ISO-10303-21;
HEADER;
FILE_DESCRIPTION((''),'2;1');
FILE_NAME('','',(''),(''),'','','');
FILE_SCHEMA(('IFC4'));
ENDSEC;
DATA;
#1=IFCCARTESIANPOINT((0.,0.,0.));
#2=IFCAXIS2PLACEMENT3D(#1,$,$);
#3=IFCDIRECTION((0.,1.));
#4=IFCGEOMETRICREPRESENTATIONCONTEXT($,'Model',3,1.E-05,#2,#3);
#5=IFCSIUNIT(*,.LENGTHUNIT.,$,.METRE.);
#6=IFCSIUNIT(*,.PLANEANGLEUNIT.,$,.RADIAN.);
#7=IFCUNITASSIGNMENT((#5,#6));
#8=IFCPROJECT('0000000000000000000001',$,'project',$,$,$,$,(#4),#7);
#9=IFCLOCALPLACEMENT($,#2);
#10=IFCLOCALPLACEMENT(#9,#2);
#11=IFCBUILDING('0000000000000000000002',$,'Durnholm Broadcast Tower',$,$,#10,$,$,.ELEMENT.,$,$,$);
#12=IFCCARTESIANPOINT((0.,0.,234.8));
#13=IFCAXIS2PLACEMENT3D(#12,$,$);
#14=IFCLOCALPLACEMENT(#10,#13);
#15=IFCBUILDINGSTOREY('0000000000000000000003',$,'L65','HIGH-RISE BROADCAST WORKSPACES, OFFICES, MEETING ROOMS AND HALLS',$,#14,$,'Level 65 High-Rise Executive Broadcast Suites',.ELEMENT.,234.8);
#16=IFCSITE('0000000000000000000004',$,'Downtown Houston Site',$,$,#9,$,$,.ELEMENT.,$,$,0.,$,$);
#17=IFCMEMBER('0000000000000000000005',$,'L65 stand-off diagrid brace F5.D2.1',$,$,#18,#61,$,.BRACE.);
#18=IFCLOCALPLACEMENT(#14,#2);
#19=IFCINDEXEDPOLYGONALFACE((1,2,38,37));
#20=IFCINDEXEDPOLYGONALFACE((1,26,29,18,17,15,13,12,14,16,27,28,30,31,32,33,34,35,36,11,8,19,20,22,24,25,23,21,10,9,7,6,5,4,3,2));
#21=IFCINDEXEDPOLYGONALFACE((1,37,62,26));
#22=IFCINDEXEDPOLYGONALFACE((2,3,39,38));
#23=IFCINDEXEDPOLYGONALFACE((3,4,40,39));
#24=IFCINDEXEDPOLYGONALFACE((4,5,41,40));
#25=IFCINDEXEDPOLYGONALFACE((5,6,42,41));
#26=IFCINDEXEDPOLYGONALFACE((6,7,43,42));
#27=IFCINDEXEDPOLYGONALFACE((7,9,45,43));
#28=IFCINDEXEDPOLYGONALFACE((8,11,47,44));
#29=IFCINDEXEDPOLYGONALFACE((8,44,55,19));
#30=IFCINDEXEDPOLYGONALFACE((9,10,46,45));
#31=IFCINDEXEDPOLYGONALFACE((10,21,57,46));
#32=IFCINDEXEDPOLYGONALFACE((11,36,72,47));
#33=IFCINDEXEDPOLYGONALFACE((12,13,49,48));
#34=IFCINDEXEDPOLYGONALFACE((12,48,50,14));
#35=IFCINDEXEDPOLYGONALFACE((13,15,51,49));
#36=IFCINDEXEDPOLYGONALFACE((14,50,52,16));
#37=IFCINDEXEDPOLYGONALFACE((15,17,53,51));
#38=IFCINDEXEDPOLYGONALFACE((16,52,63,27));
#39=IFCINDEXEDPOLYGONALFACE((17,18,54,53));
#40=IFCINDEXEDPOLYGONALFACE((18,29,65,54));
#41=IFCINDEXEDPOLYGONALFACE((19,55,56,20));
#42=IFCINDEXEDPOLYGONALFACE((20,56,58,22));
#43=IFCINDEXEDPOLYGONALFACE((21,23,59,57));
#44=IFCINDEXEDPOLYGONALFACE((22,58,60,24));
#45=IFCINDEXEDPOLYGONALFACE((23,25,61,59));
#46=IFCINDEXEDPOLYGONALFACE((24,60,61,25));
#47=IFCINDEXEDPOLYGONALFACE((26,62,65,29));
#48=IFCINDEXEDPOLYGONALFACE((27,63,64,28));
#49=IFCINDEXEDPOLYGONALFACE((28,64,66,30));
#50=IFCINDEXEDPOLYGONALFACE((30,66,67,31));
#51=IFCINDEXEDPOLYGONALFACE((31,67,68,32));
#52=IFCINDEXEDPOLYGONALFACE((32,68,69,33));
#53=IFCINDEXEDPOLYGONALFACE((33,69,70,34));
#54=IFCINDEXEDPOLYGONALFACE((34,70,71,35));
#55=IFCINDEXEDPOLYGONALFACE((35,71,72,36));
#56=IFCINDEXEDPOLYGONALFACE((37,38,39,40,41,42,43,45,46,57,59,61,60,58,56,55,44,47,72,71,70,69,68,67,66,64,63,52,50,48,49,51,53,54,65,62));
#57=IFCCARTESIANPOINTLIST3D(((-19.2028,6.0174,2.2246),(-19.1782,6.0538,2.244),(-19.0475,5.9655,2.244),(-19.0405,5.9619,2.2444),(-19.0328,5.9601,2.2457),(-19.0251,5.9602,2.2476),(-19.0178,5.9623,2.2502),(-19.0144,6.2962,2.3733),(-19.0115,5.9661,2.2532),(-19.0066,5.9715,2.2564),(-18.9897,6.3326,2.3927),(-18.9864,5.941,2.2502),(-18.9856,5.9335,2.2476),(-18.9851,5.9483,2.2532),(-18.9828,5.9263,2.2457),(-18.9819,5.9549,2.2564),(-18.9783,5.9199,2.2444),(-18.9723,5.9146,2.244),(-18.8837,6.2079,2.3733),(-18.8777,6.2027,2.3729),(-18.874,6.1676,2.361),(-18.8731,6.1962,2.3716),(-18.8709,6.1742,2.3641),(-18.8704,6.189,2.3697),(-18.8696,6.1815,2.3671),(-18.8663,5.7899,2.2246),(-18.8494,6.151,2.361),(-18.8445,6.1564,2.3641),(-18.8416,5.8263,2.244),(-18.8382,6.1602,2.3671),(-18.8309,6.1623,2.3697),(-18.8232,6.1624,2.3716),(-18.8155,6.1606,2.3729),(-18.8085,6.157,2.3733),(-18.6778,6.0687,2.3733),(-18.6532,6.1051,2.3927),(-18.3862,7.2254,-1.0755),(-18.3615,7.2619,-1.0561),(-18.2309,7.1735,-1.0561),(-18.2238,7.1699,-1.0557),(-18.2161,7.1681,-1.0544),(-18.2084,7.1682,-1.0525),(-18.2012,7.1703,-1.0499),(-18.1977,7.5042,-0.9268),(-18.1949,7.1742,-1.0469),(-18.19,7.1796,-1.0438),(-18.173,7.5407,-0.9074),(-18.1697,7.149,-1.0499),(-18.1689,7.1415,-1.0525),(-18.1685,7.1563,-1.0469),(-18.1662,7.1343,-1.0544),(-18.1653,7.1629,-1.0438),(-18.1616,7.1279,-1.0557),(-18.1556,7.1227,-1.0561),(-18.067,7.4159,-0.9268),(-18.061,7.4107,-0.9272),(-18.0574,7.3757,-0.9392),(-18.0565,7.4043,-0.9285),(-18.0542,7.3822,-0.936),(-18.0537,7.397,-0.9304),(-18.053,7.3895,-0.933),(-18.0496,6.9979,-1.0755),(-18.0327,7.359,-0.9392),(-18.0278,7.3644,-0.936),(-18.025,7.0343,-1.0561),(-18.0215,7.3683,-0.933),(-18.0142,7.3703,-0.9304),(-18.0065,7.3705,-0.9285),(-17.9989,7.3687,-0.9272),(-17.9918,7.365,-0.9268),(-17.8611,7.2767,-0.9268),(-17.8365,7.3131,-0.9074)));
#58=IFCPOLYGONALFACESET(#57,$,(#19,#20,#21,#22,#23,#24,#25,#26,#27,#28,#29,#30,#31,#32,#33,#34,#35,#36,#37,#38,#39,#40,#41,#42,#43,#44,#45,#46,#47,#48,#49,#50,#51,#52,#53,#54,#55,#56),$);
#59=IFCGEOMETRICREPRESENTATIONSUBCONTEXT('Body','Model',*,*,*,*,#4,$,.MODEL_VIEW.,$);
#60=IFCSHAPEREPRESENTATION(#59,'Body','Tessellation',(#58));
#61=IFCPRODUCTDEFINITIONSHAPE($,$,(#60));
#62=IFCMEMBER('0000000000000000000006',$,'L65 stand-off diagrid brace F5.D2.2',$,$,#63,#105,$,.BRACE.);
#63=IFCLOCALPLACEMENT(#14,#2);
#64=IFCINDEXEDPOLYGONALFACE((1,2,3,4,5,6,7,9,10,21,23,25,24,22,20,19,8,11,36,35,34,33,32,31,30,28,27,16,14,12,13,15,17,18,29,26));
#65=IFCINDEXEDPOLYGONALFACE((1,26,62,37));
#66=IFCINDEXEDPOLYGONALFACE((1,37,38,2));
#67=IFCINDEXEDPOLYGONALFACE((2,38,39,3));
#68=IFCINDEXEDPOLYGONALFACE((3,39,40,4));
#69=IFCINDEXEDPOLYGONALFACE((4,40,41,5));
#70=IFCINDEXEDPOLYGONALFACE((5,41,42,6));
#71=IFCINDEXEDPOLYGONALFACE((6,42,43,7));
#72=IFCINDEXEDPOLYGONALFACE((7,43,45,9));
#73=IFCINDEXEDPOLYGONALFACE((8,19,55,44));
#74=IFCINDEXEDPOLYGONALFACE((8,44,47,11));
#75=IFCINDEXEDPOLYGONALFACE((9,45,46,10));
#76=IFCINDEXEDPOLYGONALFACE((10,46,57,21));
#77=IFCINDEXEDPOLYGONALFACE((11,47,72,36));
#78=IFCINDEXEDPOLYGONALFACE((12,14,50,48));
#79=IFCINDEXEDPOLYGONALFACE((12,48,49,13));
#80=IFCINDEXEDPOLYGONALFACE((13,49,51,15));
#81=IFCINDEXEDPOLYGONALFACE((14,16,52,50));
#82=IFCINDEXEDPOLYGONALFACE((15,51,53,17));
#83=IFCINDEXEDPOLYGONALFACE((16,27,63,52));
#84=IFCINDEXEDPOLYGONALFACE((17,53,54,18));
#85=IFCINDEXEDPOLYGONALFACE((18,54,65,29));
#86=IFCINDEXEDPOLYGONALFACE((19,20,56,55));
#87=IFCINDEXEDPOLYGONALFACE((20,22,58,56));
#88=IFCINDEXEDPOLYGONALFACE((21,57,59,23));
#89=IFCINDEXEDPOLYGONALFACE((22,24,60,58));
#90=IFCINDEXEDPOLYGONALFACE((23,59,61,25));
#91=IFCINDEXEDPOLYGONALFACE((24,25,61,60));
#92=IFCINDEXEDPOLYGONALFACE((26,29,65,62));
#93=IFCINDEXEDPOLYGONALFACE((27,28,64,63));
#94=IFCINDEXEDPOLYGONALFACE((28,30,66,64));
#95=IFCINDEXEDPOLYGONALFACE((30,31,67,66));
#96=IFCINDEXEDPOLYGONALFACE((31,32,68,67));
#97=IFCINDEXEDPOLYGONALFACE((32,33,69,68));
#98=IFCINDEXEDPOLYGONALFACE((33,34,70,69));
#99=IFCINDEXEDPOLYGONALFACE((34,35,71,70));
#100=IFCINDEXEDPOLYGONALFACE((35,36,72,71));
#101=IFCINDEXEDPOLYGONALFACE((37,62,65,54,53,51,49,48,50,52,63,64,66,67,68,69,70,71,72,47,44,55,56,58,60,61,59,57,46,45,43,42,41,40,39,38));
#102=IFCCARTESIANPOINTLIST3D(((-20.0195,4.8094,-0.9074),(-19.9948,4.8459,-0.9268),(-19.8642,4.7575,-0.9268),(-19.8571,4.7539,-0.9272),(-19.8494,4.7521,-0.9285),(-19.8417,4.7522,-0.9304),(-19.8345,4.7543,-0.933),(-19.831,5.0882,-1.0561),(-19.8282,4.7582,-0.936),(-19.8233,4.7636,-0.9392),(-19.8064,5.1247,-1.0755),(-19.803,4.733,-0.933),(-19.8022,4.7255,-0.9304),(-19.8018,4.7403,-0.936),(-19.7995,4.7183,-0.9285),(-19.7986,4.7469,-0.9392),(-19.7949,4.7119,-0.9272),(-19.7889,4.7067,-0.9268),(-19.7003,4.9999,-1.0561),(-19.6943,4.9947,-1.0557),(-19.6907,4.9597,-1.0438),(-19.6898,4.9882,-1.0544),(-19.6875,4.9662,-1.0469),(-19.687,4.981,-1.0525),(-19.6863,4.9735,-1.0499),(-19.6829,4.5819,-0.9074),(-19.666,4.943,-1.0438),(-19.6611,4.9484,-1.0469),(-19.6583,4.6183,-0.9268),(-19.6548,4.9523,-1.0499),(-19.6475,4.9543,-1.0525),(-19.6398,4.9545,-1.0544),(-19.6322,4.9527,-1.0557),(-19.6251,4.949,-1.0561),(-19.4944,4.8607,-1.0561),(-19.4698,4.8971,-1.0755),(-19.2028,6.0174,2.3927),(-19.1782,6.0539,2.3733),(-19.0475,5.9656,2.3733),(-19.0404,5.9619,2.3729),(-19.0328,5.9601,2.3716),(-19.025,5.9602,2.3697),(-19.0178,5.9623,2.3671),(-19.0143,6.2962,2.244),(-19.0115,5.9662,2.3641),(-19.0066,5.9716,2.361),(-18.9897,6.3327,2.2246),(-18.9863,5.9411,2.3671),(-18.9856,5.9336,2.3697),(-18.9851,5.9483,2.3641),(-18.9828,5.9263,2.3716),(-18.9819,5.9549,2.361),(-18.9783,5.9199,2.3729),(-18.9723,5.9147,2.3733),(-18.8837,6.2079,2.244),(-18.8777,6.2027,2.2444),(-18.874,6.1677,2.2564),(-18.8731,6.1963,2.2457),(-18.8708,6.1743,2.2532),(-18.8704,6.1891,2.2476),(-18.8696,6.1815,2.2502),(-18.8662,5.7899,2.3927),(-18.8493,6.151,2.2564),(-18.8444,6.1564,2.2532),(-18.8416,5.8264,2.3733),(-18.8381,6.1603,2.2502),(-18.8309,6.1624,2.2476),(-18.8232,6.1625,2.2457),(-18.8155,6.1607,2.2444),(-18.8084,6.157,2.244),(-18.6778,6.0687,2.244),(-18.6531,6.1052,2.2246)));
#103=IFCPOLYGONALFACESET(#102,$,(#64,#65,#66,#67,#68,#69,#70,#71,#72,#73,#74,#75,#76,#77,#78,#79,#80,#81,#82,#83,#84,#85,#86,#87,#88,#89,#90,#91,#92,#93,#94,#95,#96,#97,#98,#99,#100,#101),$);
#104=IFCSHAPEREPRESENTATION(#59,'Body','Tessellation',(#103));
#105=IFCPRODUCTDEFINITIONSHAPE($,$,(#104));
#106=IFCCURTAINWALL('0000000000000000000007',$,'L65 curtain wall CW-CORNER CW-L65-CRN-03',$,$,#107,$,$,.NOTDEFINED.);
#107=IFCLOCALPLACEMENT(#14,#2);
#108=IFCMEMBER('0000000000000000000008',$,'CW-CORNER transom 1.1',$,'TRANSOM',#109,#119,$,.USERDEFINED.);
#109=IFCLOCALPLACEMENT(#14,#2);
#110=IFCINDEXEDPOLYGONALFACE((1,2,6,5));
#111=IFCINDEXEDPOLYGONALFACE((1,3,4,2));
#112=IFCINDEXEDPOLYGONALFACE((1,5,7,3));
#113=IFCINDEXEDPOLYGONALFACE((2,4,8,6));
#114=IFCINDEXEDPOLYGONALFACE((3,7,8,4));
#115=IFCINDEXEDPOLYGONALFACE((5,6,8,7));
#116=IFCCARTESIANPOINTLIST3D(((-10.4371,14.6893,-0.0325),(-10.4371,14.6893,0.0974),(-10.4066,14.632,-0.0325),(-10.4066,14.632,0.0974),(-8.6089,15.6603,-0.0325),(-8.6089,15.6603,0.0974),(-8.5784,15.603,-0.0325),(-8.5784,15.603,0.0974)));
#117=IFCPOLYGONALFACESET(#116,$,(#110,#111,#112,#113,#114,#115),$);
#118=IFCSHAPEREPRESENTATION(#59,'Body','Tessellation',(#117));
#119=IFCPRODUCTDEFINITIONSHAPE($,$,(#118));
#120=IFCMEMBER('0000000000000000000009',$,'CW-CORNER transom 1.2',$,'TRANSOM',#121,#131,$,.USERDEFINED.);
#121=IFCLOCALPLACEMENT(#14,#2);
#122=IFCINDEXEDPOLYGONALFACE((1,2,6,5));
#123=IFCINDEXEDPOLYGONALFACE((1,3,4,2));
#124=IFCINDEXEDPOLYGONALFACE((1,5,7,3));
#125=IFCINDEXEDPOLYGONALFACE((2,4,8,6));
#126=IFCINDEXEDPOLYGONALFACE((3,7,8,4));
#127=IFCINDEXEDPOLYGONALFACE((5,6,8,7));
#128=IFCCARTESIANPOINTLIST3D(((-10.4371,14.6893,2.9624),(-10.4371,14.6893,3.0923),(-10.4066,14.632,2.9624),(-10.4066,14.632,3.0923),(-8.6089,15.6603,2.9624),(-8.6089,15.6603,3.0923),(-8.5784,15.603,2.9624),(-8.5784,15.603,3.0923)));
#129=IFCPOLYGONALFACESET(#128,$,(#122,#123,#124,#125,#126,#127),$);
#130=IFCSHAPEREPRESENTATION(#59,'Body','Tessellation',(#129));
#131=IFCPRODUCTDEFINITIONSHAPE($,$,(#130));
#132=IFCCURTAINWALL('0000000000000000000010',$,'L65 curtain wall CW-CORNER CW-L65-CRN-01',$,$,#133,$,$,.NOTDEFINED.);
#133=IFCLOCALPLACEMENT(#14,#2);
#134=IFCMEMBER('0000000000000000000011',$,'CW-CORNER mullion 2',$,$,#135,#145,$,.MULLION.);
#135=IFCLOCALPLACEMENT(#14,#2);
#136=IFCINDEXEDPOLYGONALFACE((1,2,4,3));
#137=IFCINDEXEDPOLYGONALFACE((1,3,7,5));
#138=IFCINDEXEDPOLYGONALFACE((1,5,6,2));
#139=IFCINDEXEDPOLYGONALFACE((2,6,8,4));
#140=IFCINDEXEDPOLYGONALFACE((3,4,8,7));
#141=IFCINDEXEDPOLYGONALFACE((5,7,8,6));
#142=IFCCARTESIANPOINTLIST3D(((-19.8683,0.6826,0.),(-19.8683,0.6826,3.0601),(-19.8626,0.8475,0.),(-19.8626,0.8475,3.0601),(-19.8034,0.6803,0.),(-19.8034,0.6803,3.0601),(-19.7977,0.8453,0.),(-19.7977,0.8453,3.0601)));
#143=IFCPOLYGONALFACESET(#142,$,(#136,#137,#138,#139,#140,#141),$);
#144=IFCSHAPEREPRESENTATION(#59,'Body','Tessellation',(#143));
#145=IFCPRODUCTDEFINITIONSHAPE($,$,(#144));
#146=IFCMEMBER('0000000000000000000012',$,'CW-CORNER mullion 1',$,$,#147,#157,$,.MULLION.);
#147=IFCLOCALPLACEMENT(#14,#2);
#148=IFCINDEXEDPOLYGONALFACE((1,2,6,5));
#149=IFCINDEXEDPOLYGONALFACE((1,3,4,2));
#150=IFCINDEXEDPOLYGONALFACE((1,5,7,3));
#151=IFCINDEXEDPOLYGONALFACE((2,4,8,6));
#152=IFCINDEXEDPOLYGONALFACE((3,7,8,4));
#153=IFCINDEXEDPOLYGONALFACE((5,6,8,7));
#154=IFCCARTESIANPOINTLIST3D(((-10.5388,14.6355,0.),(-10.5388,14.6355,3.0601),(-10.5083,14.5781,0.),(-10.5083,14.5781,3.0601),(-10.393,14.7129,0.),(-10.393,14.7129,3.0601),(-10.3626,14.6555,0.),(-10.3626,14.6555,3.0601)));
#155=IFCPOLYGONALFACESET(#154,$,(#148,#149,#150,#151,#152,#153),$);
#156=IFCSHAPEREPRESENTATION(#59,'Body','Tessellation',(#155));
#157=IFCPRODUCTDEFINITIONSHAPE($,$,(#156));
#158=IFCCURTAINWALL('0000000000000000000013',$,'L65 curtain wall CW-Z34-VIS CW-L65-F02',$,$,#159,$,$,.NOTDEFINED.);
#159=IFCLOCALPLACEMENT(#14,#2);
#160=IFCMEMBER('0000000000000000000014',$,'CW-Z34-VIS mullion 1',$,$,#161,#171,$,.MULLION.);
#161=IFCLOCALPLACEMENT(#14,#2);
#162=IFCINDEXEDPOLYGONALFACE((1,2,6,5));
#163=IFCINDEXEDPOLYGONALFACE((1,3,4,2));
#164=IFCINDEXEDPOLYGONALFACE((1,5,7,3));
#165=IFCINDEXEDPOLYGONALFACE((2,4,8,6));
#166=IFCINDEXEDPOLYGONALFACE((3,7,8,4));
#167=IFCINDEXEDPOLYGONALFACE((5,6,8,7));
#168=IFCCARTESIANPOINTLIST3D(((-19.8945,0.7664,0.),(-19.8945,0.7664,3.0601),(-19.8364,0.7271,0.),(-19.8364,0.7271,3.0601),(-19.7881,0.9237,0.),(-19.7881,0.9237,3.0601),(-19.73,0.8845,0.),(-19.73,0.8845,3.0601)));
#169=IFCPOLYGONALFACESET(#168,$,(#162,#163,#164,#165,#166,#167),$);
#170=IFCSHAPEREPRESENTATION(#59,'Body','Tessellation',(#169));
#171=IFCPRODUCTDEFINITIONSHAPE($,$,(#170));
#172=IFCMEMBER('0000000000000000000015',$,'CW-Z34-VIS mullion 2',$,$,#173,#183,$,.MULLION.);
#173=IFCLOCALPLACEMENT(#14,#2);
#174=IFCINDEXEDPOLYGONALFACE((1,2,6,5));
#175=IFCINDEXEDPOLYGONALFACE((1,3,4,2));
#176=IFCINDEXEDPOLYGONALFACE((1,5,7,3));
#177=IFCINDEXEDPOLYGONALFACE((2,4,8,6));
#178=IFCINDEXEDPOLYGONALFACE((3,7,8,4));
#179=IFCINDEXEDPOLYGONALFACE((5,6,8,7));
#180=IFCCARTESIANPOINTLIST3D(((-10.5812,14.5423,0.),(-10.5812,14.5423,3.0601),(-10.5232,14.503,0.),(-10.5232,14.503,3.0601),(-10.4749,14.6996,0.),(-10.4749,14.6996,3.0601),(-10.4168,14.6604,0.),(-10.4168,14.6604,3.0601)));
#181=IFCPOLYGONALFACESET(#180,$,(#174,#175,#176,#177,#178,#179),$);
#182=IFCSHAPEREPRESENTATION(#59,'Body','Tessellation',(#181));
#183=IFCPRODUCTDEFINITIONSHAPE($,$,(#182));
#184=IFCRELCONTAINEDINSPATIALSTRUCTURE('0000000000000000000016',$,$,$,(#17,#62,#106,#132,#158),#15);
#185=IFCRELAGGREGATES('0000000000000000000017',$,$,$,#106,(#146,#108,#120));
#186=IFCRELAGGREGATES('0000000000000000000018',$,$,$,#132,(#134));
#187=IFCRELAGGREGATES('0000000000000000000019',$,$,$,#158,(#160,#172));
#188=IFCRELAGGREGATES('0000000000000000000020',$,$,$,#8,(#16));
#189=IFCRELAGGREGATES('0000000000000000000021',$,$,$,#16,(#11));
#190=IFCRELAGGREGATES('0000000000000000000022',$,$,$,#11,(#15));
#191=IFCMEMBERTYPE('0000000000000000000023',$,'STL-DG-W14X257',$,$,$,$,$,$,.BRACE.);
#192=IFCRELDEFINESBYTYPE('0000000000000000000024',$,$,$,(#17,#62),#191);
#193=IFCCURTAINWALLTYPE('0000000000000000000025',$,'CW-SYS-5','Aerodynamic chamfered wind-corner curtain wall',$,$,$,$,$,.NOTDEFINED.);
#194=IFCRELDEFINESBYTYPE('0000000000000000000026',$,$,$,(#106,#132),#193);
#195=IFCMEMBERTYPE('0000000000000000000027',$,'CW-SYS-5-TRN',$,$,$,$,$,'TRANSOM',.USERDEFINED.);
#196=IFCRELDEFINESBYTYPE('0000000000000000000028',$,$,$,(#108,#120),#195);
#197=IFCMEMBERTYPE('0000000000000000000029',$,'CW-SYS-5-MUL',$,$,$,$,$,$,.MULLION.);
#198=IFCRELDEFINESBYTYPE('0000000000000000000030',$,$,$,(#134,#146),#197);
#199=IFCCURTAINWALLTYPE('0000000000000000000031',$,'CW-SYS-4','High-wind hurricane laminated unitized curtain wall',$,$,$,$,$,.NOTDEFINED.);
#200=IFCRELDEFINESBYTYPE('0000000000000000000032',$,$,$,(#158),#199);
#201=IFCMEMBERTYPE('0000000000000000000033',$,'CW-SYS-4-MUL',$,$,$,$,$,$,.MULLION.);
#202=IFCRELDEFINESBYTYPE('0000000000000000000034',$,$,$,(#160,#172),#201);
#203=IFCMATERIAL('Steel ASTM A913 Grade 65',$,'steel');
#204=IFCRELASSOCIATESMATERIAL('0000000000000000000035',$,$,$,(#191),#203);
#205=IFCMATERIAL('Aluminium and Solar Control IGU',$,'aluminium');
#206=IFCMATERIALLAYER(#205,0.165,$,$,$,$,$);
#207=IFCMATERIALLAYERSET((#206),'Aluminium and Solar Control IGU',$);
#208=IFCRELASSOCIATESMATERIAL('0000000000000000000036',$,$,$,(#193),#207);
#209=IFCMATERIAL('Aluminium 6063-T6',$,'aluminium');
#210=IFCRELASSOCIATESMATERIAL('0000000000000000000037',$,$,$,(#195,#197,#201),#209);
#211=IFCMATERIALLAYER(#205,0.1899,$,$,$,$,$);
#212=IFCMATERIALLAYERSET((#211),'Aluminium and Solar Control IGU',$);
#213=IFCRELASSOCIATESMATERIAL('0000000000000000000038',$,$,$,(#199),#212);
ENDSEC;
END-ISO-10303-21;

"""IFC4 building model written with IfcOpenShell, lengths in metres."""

from ifc_helpers import new_model, si_unit, direction, frame, origin, origin_2d, place, context, subcontext, project, spatial, rectangle, i_section, extrude, source, transform, mapped, material, layer, layer_set, material_profile, profile_set, type_object, type_shapes, element, aggregate, save


model = new_model("IFC4")

# Units and contexts
model_context = context("Model", 3, precision=1e-05, world=origin(), true_north=direction((0.0, 1.0)))
body_context = subcontext(model_context, "Body", "Model", "MODEL_VIEW")
ifc_project = project(units=[si_unit("LENGTHUNIT", "METRE"), si_unit("PLANEANGLEUNIT", "RADIAN")], contexts=[model_context])

# Site, building, storey
site_placement = place(None, origin())
site = spatial("IfcSite", under=ifc_project, at=site_placement, Name="Downtown Houston Site", CompositionType="ELEMENT", RefElevation=0.0)
building_placement = place(site_placement, origin())
building = spatial("IfcBuilding", under=site, at=building_placement, Name="Durnholm Broadcast Tower", CompositionType="ELEMENT")
storey_placement = place(building_placement, frame((0.0, 0.0, 234.8)))
storey = spatial("IfcBuildingStorey", under=building, at=storey_placement, Name="L65", Description="HIGH-RISE BROADCAST WORKSPACES, OFFICES, MEETING ROOMS AND HALLS", LongName="Level 65 High-Rise Executive Broadcast Suites", CompositionType="ELEMENT", Elevation=234.8)

# Members
ifc_material_1 = material(Name="Steel ASTM A913 Grade 65", Category="steel")
ifc_material_profile_1 = material_profile(ifc_material_1, i_section(OverallWidth=0.4062, OverallDepth=0.416, WebThickness=0.0298, FlangeThickness=0.0481, FilletRadius=0.0305, at=origin_2d()), Name="W14X257")
ifc_profile_set_1 = profile_set([ifc_material_profile_1], Name="Steel ASTM A913 Grade 65")
member_type_1 = type_object("IfcMemberType", Name="STL-DG-W14X257", PredefinedType="BRACE", material=ifc_profile_set_1)
shared_shape_1 = source(origin(), body_context, "Body", "SweptSolid", [
    extrude(i_section(OverallWidth=0.4062, OverallDepth=0.416, WebThickness=0.0298, FlangeThickness=0.0481, FilletRadius=0.0305, at=origin_2d()), origin(), (0.0, 0.0, 1.0), 3.6079),
])
type_shapes(member_type_1, [shared_shape_1])
for number, where, z_axis, x_axis, name in (
    (1, (-18.1113, 7.2693, -0.9915), (-0.226354, -0.334828, 0.914688), (0.828452, -0.560059, 0.0), "L65 stand-off diagrid brace F5.D2.1"),
    (2, (-19.7446, 4.8533, -0.9915), (0.226354, 0.334828, 0.914688), (-0.828452, 0.560059, 0.0), "L65 stand-off diagrid brace F5.D2.2"),
):
    element("IfcMember", number, at=place(storey_placement, frame(where, z_axis=z_axis, x_axis=x_axis)), inside=storey, type_object=member_type_1, Name=name, PredefinedType="BRACE", context=body_context, shape_type="MappedRepresentation", body=[
        mapped(shared_shape_1, transform((0.0, 0.0, 0.0), x_axis=(1.0, 0.0, 0.0), y_axis=(0.0, 1.0, 0.0), z_axis=(0.0, 0.0, 1.0), scale=1.0)),
    ])

# Curtain wall, members
ifc_material_2 = material(Name="Aluminium and Solar Control IGU", Category="aluminium")
ifc_layer_1 = layer(ifc_material_2, 0.165)
ifc_layer_set_1 = layer_set([ifc_layer_1], Name="Aluminium and Solar Control IGU")
curtain_wall_type_1 = type_object("IfcCurtainWallType", Name="CW-SYS-5", Description="Aerodynamic chamfered wind-corner curtain wall", PredefinedType="NOTDEFINED", material=ifc_layer_set_1)
curtain_wall_1_placement = place(storey_placement, origin())
curtain_wall_1 = element("IfcCurtainWall", 3, at=curtain_wall_1_placement, inside=storey, type_object=curtain_wall_type_1, Name="L65 curtain wall CW-CORNER CW-L65-CRN-03", PredefinedType="NOTDEFINED")
ifc_material_3 = material(Name="Aluminium 6063-T6", Category="aluminium")
ifc_material_profile_2 = material_profile(ifc_material_3, rectangle(XDim=0.0649, YDim=0.1299, at=origin_2d()), Name="CWT65X130")
ifc_profile_set_2 = profile_set([ifc_material_profile_2], Name="Aluminium 6063-T6")
member_type_2 = type_object("IfcMemberType", Name="CW-SYS-5-TRN", ElementType="TRANSOM", PredefinedType="USERDEFINED", material=ifc_profile_set_2)
shared_shape_2 = source(origin(), body_context, "Body", "SweptSolid", [
    extrude(rectangle(XDim=0.0649, YDim=0.1299, at=origin_2d()), origin(), (0.0, 0.0, 1.0), 2.0701),
])
type_shapes(member_type_2, [shared_shape_2])
member_1_placement = place(storey_placement, frame((-10.4219, 14.6606, 0.0325), z_axis=(0.883165, 0.469063, 0.0), x_axis=(-0.469063, 0.883165, 0.0)))
member_1 = element("IfcMember", 4, at=member_1_placement, type_object=member_type_2, Name="CW-CORNER transom 1.1", ObjectType="TRANSOM", PredefinedType="USERDEFINED", context=body_context, shape_type="MappedRepresentation", body=[
    mapped(shared_shape_2, transform((0.0, 0.0, 0.0), x_axis=(1.0, 0.0, 0.0), y_axis=(0.0, 1.0, 0.0), z_axis=(0.0, 0.0, 1.0), scale=1.0)),
])
member_2_placement = place(storey_placement, frame((-10.4219, 14.6606, 3.0273), z_axis=(0.883165, 0.469063, 0.0), x_axis=(-0.469063, 0.883165, 0.0)))
member_2 = element("IfcMember", 5, at=member_2_placement, type_object=member_type_2, Name="CW-CORNER transom 1.2", ObjectType="TRANSOM", PredefinedType="USERDEFINED", context=body_context, shape_type="MappedRepresentation", body=[
    mapped(shared_shape_2, transform((0.0, 0.0, 0.0), x_axis=(1.0, 0.0, 0.0), y_axis=(0.0, 1.0, 0.0), z_axis=(0.0, 0.0, 1.0), scale=1.0)),
])

# Curtain wall, member
curtain_wall_2_placement = place(storey_placement, origin())
curtain_wall_2 = element("IfcCurtainWall", 6, at=curtain_wall_2_placement, inside=storey, type_object=curtain_wall_type_1, Name="L65 curtain wall CW-CORNER CW-L65-CRN-01", PredefinedType="NOTDEFINED")
ifc_material_profile_3 = material_profile(ifc_material_3, rectangle(XDim=0.0649, YDim=0.165, at=origin_2d()), Name="CWM65X165")
ifc_profile_set_3 = profile_set([ifc_material_profile_3], Name="Aluminium 6063-T6")
member_type_3 = type_object("IfcMemberType", Name="CW-SYS-5-MUL", PredefinedType="MULLION", material=ifc_profile_set_3)
shared_shape_3 = source(origin(), body_context, "Body", "SweptSolid", [
    extrude(rectangle(XDim=0.0649, YDim=0.165, at=origin_2d()), origin(), (0.0, 0.0, 1.0), 3.0601),
])
type_shapes(member_type_3, [shared_shape_3])
member_3_placement = place(storey_placement, frame((-19.833, 0.7639, 0.0), z_axis=(0.0, 0.0, 1.0), x_axis=(-0.999411, 0.034318, 0.0)))
member_3 = element("IfcMember", 7, at=member_3_placement, type_object=member_type_3, Name="CW-CORNER mullion 2", PredefinedType="MULLION", context=body_context, shape_type="MappedRepresentation", body=[
    mapped(shared_shape_3, transform((0.0, 0.0, 0.0), x_axis=(1.0, 0.0, 0.0), y_axis=(0.0, 1.0, 0.0), z_axis=(0.0, 0.0, 1.0), scale=1.0)),
])

# Member
member_4_placement = place(storey_placement, frame((-10.4507, 14.6455, 0.0), z_axis=(0.0, 0.0, 1.0), x_axis=(-0.469007, 0.883195, 0.0)))
member_4 = element("IfcMember", 8, at=member_4_placement, type_object=member_type_3, Name="CW-CORNER mullion 1", PredefinedType="MULLION", context=body_context, shape_type="MappedRepresentation", body=[
    mapped(shared_shape_3, transform((0.0, 0.0, 0.0), x_axis=(1.0, 0.0, 0.0), y_axis=(0.0, 1.0, 0.0), z_axis=(0.0, 0.0, 1.0), scale=1.0)),
])
aggregate(curtain_wall_1, [member_4, member_1, member_2])

# Curtain wall, members
ifc_layer_2 = layer(ifc_material_2, 0.1899)
ifc_layer_set_2 = layer_set([ifc_layer_2], Name="Aluminium and Solar Control IGU")
curtain_wall_type_2 = type_object("IfcCurtainWallType", Name="CW-SYS-4", Description="High-wind hurricane laminated unitized curtain wall", PredefinedType="NOTDEFINED", material=ifc_layer_set_2)
curtain_wall_3_placement = place(storey_placement, origin())
curtain_wall_3 = element("IfcCurtainWall", 9, at=curtain_wall_3_placement, inside=storey, type_object=curtain_wall_type_2, Name="L65 curtain wall CW-Z34-VIS CW-L65-F02", PredefinedType="NOTDEFINED")
ifc_material_profile_4 = material_profile(ifc_material_3, rectangle(XDim=0.0701, YDim=0.1899, at=origin_2d()), Name="CWM70X190")
ifc_profile_set_4 = profile_set([ifc_material_profile_4], Name="Aluminium 6063-T6")
member_type_4 = type_object("IfcMemberType", Name="CW-SYS-4-MUL", PredefinedType="MULLION", material=ifc_profile_set_4)
shared_shape_4 = source(origin(), body_context, "Body", "SweptSolid", [
    extrude(rectangle(XDim=0.0701, YDim=0.1899, at=origin_2d()), origin(), (0.0, 0.0, 1.0), 3.0601),
])
type_shapes(member_type_4, [shared_shape_4])
member_5_placement = place(storey_placement, frame((-19.8123, 0.8254, 0.0), z_axis=(0.0, 0.0, 1.0), x_axis=(-0.828443, 0.560073, 0.0)))
member_5 = element("IfcMember", 10, at=member_5_placement, type_object=member_type_4, Name="CW-Z34-VIS mullion 1", PredefinedType="MULLION", context=body_context, shape_type="MappedRepresentation", body=[
    mapped(shared_shape_4, transform((0.0, 0.0, 0.0), x_axis=(1.0, 0.0, 0.0), y_axis=(0.0, 1.0, 0.0), z_axis=(0.0, 0.0, 1.0), scale=1.0)),
])
member_6_placement = place(storey_placement, frame((-10.499, 14.6013, 0.0), z_axis=(0.0, 0.0, 1.0), x_axis=(-0.828443, 0.560073, 0.0)))
member_6 = element("IfcMember", 11, at=member_6_placement, type_object=member_type_4, Name="CW-Z34-VIS mullion 2", PredefinedType="MULLION", context=body_context, shape_type="MappedRepresentation", body=[
    mapped(shared_shape_4, transform((0.0, 0.0, 0.0), x_axis=(1.0, 0.0, 0.0), y_axis=(0.0, 1.0, 0.0), z_axis=(0.0, 0.0, 1.0), scale=1.0)),
])

aggregate(curtain_wall_2, [member_3])
aggregate(curtain_wall_3, [member_5, member_6])

save(model, "model.ifc")
